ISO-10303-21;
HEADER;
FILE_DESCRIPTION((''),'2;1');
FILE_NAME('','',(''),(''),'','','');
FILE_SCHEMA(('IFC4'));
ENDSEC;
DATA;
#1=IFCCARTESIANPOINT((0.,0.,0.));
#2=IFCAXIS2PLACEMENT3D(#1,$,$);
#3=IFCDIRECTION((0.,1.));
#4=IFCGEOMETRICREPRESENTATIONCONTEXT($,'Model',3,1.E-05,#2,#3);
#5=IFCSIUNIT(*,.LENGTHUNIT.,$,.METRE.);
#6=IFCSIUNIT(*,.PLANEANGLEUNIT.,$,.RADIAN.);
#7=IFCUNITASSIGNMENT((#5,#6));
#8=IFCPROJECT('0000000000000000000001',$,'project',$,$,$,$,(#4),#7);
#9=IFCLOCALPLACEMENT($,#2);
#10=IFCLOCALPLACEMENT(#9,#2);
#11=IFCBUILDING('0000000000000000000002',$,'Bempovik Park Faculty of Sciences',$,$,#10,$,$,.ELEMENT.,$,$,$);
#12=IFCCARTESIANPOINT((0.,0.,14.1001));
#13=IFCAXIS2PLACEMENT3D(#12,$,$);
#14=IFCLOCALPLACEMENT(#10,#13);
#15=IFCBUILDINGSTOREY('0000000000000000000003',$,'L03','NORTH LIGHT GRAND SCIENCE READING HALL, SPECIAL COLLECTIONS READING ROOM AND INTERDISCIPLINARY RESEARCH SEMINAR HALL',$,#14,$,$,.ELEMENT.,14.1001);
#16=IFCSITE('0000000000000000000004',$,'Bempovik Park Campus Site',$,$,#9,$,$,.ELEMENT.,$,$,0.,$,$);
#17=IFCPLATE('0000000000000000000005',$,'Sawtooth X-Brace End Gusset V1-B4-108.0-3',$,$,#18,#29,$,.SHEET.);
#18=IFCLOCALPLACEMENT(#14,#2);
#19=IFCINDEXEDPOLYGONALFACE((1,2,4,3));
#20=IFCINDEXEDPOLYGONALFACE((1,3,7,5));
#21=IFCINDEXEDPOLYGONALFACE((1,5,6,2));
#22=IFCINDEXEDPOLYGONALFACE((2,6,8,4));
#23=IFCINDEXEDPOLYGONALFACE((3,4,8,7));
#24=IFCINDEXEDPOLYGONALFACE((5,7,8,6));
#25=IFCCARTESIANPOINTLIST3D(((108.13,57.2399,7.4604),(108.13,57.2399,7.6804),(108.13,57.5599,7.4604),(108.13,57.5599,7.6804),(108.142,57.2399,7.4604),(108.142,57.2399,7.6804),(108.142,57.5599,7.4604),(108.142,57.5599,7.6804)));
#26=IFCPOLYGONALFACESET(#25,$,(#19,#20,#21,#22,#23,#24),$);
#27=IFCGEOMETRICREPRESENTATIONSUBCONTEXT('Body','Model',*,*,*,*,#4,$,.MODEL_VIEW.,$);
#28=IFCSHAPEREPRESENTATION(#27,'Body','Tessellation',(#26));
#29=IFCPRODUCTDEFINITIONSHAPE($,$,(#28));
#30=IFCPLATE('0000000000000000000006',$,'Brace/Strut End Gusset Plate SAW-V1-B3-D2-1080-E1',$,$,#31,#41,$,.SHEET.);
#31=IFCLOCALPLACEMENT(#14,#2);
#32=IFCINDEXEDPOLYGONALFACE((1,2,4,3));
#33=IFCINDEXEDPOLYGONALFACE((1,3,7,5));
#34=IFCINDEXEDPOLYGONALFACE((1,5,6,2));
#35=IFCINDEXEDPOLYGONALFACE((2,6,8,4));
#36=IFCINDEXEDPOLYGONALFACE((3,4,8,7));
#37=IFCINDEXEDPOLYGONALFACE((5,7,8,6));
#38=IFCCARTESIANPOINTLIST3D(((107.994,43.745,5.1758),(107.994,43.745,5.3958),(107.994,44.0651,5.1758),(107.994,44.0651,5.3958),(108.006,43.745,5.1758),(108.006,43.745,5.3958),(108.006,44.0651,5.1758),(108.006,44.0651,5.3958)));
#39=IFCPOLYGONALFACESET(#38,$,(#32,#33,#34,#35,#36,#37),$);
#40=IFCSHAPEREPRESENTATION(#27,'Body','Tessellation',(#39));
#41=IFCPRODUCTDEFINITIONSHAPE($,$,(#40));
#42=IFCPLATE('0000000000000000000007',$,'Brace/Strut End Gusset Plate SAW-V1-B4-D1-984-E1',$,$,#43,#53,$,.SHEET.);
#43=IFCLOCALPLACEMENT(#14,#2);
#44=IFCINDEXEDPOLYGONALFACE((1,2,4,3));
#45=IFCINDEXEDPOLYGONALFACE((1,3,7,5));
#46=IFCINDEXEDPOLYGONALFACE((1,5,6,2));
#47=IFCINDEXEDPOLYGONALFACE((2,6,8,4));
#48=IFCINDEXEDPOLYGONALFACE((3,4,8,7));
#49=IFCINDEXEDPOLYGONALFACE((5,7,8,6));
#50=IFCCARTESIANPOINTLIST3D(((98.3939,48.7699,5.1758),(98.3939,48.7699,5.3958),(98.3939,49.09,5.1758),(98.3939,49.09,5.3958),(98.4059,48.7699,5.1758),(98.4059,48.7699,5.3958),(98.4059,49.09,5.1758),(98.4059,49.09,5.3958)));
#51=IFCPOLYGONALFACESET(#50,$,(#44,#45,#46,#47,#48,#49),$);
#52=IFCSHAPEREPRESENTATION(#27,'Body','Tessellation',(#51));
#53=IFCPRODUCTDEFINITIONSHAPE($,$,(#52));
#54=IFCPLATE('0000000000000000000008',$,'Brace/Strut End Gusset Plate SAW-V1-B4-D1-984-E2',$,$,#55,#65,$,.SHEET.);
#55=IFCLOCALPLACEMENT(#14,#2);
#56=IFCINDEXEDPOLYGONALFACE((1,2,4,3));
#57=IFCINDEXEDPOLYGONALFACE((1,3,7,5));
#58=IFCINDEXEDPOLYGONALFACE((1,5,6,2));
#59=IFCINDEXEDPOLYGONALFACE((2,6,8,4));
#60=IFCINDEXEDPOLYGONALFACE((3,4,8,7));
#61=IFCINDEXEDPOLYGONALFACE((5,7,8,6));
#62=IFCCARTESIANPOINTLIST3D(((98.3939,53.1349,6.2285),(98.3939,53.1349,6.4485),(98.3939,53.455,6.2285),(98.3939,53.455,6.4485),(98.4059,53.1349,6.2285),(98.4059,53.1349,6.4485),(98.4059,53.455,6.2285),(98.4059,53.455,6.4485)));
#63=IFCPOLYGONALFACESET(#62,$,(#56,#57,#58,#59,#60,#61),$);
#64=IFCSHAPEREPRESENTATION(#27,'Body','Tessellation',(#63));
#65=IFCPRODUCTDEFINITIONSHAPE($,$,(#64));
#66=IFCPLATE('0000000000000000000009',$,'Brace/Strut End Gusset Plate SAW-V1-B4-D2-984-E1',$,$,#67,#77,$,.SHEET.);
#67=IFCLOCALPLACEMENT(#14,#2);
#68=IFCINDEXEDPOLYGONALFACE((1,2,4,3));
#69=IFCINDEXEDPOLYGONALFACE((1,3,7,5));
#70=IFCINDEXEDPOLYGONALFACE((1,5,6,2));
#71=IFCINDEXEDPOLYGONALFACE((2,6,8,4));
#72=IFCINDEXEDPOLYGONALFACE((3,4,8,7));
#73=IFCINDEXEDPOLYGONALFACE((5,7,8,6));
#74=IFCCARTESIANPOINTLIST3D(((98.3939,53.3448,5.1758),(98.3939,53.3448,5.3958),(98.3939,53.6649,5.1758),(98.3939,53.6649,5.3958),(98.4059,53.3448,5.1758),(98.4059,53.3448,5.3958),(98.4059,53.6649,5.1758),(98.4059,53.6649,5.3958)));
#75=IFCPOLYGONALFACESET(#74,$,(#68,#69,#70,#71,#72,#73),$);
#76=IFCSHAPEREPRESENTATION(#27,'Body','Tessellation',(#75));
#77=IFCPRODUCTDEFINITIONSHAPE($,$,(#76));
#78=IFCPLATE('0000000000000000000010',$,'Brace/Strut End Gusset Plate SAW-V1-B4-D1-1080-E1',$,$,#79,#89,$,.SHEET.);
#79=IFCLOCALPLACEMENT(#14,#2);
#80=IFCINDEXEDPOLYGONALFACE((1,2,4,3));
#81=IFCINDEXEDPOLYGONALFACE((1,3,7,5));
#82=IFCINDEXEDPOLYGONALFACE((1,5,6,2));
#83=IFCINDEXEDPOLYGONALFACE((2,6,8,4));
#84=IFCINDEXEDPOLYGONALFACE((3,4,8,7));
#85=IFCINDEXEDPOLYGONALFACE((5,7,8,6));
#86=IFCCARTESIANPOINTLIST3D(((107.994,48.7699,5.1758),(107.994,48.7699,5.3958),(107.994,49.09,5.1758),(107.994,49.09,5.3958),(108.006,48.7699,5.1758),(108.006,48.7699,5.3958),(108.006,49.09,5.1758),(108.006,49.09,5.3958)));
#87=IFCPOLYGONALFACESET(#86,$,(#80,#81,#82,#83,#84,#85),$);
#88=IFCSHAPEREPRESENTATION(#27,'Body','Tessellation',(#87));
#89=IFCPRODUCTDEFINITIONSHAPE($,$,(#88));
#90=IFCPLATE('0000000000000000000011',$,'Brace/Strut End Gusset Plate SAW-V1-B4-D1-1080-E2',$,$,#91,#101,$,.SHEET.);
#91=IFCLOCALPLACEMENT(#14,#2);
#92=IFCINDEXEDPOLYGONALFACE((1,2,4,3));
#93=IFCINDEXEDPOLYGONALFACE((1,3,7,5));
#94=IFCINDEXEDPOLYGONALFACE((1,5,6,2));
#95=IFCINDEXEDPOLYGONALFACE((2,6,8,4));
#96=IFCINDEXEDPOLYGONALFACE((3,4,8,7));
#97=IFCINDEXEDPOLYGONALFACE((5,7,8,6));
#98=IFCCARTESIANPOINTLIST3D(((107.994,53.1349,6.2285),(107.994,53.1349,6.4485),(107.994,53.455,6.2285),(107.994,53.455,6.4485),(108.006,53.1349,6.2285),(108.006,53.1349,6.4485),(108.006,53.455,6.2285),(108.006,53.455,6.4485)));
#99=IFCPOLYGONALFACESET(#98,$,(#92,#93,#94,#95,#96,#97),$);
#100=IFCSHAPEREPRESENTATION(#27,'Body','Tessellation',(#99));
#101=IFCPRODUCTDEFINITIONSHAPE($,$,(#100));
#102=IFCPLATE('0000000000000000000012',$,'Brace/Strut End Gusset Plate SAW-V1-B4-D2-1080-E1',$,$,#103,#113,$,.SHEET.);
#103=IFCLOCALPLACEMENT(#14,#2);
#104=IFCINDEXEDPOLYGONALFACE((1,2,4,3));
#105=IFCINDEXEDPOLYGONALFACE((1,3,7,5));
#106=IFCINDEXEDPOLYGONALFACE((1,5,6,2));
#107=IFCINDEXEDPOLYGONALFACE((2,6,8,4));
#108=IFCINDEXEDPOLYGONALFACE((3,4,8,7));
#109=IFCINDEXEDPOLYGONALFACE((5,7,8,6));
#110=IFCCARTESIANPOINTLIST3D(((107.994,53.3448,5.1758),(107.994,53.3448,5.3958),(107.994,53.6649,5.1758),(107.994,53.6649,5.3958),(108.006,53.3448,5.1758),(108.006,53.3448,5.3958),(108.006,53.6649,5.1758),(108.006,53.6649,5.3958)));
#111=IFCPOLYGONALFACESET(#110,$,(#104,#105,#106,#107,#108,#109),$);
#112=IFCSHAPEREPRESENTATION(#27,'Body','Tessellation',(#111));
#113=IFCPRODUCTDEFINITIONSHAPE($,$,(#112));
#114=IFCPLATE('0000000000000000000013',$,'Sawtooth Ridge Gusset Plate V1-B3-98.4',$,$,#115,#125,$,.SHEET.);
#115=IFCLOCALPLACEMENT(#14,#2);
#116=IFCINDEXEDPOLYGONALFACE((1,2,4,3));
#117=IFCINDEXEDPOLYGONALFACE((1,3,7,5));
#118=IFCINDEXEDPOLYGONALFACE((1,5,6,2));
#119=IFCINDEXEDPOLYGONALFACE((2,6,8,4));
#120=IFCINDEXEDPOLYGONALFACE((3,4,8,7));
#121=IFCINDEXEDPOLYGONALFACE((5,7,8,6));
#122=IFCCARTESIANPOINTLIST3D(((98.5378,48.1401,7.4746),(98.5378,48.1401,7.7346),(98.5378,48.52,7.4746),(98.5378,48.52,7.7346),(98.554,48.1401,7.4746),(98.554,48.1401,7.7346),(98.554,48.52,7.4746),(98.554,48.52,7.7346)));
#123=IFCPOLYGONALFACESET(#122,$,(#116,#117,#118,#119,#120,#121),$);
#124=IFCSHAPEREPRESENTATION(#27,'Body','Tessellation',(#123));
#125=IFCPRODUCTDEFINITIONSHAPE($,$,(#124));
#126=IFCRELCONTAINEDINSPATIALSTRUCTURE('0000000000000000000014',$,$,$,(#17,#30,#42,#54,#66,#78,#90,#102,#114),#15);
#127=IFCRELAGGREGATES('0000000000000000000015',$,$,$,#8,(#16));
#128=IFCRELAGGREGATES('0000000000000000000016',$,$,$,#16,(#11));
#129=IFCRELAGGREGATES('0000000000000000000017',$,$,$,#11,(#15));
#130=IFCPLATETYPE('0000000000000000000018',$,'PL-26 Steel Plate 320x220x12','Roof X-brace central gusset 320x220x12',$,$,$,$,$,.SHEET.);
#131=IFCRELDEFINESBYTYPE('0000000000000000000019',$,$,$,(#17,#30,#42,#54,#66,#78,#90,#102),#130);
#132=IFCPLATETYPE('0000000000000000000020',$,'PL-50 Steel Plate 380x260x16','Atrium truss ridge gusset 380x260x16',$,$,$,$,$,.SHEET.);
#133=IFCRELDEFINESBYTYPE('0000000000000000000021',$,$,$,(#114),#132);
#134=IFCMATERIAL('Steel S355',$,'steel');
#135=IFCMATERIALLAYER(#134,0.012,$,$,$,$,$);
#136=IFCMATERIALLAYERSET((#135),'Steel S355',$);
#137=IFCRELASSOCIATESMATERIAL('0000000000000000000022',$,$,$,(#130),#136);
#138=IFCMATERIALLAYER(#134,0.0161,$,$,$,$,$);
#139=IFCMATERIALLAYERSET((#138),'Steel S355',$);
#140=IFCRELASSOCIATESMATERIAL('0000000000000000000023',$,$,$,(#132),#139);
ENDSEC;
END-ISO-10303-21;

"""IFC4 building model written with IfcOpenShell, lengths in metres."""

from ifc_helpers import new_model, si_unit, direction, frame, origin, origin_2d, place, context, subcontext, project, spatial, rectangle, extrude, material, layer, layer_set, type_object, element, save


model = new_model("IFC4")

# Units and contexts
model_context = context("Model", 3, precision=1e-05, world=origin(), true_north=direction((0.0, 1.0)))
body_context = subcontext(model_context, "Body", "Model", "MODEL_VIEW")
ifc_project = project(units=[si_unit("LENGTHUNIT", "METRE"), si_unit("PLANEANGLEUNIT", "RADIAN")], contexts=[model_context])

# Site, building, storey
site_placement = place(None, origin())
site = spatial("IfcSite", under=ifc_project, at=site_placement, Name="Bempovik Park Campus Site", CompositionType="ELEMENT", RefElevation=0.0)
building_placement = place(site_placement, origin())
building = spatial("IfcBuilding", under=site, at=building_placement, Name="Bempovik Park Faculty of Sciences", CompositionType="ELEMENT")
storey_placement = place(building_placement, frame((0.0, 0.0, 14.1001)))
storey = spatial("IfcBuildingStorey", under=building, at=storey_placement, Name="L03", Description="NORTH LIGHT GRAND SCIENCE READING HALL, SPECIAL COLLECTIONS READING ROOM AND INTERDISCIPLINARY RESEARCH SEMINAR HALL", CompositionType="ELEMENT", Elevation=14.1001)

# Shared definitions
ifc_material_1 = material(Name="Steel S355", Category="steel")

# Plates
ifc_layer_1 = layer(ifc_material_1, 0.012)
ifc_layer_set_1 = layer_set([ifc_layer_1], Name="Steel S355")
plate_type_1 = type_object("IfcPlateType", Name="PL-26 Steel Plate 320x220x12", Description="Roof X-brace central gusset 320x220x12", PredefinedType="SHEET", material=ifc_layer_set_1)
for number, where, z_axis, x_axis, name in (
    (1, (108.136, 57.3999, 7.4604), (0.0, 0.0, 1.0), (1.0, 0.0, 0.0), "Sawtooth X-Brace End Gusset V1-B4-108.0-3"),
    (2, (108.0, 43.905, 5.1758), (0.0, 0.0, 1.0), (1.0, 0.0, 0.0), "Brace/Strut End Gusset Plate SAW-V1-B3-D2-1080-E1"),
    (3, (98.3999, 48.9299, 5.1758), (0.0, 0.0, 1.0), (1.0, 0.0, 0.0), "Brace/Strut End Gusset Plate SAW-V1-B4-D1-984-E1"),
    (4, (98.3999, 53.2949, 6.2285), (0.0, 0.0, 1.0), (1.0, 0.0, 0.0), "Brace/Strut End Gusset Plate SAW-V1-B4-D1-984-E2"),
    (5, (98.3999, 53.5049, 5.1758), (0.0, 0.0, 1.0), (1.0, 0.0, 0.0), "Brace/Strut End Gusset Plate SAW-V1-B4-D2-984-E1"),
    (6, (108.0, 48.9299, 5.1758), (0.0, 0.0, 1.0), (1.0, 0.0, 0.0), "Brace/Strut End Gusset Plate SAW-V1-B4-D1-1080-E1"),
    (7, (108.0, 53.2949, 6.2285), (0.0, 0.0, 1.0), (1.0, 0.0, 0.0), "Brace/Strut End Gusset Plate SAW-V1-B4-D1-1080-E2"),
    (8, (108.0, 53.5049, 5.1758), (0.0, 0.0, 1.0), (1.0, 0.0, 0.0), "Brace/Strut End Gusset Plate SAW-V1-B4-D2-1080-E1"),
):
    element("IfcPlate", number, at=place(storey_placement, frame(where, z_axis=z_axis, x_axis=x_axis)), inside=storey, type_object=plate_type_1, Name=name, PredefinedType="SHEET", context=body_context, shape_type="SweptSolid", body=[
        extrude(rectangle(XDim=0.012, YDim=0.3201, at=origin_2d()), origin(), (0.0, 0.0, 1.0), 0.22),
    ])
ifc_layer_2 = layer(ifc_material_1, 0.0161)
ifc_layer_set_2 = layer_set([ifc_layer_2], Name="Steel S355")
plate_type_2 = type_object("IfcPlateType", Name="PL-50 Steel Plate 380x260x16", Description="Atrium truss ridge gusset 380x260x16", PredefinedType="SHEET", material=ifc_layer_set_2)
plate_placement = place(storey_placement, frame((98.5459, 48.3301, 7.4746), z_axis=(0.0, 0.0, 1.0), x_axis=(1.0, 0.0, 0.0)))
element("IfcPlate", 9, at=plate_placement, inside=storey, type_object=plate_type_2, Name="Sawtooth Ridge Gusset Plate V1-B3-98.4", PredefinedType="SHEET", context=body_context, shape_type="SweptSolid", body=[
    extrude(rectangle(XDim=0.0161, YDim=0.3799, at=origin_2d()), origin(), (0.0, 0.0, 1.0), 0.26),
])

save(model, "model.ifc")
